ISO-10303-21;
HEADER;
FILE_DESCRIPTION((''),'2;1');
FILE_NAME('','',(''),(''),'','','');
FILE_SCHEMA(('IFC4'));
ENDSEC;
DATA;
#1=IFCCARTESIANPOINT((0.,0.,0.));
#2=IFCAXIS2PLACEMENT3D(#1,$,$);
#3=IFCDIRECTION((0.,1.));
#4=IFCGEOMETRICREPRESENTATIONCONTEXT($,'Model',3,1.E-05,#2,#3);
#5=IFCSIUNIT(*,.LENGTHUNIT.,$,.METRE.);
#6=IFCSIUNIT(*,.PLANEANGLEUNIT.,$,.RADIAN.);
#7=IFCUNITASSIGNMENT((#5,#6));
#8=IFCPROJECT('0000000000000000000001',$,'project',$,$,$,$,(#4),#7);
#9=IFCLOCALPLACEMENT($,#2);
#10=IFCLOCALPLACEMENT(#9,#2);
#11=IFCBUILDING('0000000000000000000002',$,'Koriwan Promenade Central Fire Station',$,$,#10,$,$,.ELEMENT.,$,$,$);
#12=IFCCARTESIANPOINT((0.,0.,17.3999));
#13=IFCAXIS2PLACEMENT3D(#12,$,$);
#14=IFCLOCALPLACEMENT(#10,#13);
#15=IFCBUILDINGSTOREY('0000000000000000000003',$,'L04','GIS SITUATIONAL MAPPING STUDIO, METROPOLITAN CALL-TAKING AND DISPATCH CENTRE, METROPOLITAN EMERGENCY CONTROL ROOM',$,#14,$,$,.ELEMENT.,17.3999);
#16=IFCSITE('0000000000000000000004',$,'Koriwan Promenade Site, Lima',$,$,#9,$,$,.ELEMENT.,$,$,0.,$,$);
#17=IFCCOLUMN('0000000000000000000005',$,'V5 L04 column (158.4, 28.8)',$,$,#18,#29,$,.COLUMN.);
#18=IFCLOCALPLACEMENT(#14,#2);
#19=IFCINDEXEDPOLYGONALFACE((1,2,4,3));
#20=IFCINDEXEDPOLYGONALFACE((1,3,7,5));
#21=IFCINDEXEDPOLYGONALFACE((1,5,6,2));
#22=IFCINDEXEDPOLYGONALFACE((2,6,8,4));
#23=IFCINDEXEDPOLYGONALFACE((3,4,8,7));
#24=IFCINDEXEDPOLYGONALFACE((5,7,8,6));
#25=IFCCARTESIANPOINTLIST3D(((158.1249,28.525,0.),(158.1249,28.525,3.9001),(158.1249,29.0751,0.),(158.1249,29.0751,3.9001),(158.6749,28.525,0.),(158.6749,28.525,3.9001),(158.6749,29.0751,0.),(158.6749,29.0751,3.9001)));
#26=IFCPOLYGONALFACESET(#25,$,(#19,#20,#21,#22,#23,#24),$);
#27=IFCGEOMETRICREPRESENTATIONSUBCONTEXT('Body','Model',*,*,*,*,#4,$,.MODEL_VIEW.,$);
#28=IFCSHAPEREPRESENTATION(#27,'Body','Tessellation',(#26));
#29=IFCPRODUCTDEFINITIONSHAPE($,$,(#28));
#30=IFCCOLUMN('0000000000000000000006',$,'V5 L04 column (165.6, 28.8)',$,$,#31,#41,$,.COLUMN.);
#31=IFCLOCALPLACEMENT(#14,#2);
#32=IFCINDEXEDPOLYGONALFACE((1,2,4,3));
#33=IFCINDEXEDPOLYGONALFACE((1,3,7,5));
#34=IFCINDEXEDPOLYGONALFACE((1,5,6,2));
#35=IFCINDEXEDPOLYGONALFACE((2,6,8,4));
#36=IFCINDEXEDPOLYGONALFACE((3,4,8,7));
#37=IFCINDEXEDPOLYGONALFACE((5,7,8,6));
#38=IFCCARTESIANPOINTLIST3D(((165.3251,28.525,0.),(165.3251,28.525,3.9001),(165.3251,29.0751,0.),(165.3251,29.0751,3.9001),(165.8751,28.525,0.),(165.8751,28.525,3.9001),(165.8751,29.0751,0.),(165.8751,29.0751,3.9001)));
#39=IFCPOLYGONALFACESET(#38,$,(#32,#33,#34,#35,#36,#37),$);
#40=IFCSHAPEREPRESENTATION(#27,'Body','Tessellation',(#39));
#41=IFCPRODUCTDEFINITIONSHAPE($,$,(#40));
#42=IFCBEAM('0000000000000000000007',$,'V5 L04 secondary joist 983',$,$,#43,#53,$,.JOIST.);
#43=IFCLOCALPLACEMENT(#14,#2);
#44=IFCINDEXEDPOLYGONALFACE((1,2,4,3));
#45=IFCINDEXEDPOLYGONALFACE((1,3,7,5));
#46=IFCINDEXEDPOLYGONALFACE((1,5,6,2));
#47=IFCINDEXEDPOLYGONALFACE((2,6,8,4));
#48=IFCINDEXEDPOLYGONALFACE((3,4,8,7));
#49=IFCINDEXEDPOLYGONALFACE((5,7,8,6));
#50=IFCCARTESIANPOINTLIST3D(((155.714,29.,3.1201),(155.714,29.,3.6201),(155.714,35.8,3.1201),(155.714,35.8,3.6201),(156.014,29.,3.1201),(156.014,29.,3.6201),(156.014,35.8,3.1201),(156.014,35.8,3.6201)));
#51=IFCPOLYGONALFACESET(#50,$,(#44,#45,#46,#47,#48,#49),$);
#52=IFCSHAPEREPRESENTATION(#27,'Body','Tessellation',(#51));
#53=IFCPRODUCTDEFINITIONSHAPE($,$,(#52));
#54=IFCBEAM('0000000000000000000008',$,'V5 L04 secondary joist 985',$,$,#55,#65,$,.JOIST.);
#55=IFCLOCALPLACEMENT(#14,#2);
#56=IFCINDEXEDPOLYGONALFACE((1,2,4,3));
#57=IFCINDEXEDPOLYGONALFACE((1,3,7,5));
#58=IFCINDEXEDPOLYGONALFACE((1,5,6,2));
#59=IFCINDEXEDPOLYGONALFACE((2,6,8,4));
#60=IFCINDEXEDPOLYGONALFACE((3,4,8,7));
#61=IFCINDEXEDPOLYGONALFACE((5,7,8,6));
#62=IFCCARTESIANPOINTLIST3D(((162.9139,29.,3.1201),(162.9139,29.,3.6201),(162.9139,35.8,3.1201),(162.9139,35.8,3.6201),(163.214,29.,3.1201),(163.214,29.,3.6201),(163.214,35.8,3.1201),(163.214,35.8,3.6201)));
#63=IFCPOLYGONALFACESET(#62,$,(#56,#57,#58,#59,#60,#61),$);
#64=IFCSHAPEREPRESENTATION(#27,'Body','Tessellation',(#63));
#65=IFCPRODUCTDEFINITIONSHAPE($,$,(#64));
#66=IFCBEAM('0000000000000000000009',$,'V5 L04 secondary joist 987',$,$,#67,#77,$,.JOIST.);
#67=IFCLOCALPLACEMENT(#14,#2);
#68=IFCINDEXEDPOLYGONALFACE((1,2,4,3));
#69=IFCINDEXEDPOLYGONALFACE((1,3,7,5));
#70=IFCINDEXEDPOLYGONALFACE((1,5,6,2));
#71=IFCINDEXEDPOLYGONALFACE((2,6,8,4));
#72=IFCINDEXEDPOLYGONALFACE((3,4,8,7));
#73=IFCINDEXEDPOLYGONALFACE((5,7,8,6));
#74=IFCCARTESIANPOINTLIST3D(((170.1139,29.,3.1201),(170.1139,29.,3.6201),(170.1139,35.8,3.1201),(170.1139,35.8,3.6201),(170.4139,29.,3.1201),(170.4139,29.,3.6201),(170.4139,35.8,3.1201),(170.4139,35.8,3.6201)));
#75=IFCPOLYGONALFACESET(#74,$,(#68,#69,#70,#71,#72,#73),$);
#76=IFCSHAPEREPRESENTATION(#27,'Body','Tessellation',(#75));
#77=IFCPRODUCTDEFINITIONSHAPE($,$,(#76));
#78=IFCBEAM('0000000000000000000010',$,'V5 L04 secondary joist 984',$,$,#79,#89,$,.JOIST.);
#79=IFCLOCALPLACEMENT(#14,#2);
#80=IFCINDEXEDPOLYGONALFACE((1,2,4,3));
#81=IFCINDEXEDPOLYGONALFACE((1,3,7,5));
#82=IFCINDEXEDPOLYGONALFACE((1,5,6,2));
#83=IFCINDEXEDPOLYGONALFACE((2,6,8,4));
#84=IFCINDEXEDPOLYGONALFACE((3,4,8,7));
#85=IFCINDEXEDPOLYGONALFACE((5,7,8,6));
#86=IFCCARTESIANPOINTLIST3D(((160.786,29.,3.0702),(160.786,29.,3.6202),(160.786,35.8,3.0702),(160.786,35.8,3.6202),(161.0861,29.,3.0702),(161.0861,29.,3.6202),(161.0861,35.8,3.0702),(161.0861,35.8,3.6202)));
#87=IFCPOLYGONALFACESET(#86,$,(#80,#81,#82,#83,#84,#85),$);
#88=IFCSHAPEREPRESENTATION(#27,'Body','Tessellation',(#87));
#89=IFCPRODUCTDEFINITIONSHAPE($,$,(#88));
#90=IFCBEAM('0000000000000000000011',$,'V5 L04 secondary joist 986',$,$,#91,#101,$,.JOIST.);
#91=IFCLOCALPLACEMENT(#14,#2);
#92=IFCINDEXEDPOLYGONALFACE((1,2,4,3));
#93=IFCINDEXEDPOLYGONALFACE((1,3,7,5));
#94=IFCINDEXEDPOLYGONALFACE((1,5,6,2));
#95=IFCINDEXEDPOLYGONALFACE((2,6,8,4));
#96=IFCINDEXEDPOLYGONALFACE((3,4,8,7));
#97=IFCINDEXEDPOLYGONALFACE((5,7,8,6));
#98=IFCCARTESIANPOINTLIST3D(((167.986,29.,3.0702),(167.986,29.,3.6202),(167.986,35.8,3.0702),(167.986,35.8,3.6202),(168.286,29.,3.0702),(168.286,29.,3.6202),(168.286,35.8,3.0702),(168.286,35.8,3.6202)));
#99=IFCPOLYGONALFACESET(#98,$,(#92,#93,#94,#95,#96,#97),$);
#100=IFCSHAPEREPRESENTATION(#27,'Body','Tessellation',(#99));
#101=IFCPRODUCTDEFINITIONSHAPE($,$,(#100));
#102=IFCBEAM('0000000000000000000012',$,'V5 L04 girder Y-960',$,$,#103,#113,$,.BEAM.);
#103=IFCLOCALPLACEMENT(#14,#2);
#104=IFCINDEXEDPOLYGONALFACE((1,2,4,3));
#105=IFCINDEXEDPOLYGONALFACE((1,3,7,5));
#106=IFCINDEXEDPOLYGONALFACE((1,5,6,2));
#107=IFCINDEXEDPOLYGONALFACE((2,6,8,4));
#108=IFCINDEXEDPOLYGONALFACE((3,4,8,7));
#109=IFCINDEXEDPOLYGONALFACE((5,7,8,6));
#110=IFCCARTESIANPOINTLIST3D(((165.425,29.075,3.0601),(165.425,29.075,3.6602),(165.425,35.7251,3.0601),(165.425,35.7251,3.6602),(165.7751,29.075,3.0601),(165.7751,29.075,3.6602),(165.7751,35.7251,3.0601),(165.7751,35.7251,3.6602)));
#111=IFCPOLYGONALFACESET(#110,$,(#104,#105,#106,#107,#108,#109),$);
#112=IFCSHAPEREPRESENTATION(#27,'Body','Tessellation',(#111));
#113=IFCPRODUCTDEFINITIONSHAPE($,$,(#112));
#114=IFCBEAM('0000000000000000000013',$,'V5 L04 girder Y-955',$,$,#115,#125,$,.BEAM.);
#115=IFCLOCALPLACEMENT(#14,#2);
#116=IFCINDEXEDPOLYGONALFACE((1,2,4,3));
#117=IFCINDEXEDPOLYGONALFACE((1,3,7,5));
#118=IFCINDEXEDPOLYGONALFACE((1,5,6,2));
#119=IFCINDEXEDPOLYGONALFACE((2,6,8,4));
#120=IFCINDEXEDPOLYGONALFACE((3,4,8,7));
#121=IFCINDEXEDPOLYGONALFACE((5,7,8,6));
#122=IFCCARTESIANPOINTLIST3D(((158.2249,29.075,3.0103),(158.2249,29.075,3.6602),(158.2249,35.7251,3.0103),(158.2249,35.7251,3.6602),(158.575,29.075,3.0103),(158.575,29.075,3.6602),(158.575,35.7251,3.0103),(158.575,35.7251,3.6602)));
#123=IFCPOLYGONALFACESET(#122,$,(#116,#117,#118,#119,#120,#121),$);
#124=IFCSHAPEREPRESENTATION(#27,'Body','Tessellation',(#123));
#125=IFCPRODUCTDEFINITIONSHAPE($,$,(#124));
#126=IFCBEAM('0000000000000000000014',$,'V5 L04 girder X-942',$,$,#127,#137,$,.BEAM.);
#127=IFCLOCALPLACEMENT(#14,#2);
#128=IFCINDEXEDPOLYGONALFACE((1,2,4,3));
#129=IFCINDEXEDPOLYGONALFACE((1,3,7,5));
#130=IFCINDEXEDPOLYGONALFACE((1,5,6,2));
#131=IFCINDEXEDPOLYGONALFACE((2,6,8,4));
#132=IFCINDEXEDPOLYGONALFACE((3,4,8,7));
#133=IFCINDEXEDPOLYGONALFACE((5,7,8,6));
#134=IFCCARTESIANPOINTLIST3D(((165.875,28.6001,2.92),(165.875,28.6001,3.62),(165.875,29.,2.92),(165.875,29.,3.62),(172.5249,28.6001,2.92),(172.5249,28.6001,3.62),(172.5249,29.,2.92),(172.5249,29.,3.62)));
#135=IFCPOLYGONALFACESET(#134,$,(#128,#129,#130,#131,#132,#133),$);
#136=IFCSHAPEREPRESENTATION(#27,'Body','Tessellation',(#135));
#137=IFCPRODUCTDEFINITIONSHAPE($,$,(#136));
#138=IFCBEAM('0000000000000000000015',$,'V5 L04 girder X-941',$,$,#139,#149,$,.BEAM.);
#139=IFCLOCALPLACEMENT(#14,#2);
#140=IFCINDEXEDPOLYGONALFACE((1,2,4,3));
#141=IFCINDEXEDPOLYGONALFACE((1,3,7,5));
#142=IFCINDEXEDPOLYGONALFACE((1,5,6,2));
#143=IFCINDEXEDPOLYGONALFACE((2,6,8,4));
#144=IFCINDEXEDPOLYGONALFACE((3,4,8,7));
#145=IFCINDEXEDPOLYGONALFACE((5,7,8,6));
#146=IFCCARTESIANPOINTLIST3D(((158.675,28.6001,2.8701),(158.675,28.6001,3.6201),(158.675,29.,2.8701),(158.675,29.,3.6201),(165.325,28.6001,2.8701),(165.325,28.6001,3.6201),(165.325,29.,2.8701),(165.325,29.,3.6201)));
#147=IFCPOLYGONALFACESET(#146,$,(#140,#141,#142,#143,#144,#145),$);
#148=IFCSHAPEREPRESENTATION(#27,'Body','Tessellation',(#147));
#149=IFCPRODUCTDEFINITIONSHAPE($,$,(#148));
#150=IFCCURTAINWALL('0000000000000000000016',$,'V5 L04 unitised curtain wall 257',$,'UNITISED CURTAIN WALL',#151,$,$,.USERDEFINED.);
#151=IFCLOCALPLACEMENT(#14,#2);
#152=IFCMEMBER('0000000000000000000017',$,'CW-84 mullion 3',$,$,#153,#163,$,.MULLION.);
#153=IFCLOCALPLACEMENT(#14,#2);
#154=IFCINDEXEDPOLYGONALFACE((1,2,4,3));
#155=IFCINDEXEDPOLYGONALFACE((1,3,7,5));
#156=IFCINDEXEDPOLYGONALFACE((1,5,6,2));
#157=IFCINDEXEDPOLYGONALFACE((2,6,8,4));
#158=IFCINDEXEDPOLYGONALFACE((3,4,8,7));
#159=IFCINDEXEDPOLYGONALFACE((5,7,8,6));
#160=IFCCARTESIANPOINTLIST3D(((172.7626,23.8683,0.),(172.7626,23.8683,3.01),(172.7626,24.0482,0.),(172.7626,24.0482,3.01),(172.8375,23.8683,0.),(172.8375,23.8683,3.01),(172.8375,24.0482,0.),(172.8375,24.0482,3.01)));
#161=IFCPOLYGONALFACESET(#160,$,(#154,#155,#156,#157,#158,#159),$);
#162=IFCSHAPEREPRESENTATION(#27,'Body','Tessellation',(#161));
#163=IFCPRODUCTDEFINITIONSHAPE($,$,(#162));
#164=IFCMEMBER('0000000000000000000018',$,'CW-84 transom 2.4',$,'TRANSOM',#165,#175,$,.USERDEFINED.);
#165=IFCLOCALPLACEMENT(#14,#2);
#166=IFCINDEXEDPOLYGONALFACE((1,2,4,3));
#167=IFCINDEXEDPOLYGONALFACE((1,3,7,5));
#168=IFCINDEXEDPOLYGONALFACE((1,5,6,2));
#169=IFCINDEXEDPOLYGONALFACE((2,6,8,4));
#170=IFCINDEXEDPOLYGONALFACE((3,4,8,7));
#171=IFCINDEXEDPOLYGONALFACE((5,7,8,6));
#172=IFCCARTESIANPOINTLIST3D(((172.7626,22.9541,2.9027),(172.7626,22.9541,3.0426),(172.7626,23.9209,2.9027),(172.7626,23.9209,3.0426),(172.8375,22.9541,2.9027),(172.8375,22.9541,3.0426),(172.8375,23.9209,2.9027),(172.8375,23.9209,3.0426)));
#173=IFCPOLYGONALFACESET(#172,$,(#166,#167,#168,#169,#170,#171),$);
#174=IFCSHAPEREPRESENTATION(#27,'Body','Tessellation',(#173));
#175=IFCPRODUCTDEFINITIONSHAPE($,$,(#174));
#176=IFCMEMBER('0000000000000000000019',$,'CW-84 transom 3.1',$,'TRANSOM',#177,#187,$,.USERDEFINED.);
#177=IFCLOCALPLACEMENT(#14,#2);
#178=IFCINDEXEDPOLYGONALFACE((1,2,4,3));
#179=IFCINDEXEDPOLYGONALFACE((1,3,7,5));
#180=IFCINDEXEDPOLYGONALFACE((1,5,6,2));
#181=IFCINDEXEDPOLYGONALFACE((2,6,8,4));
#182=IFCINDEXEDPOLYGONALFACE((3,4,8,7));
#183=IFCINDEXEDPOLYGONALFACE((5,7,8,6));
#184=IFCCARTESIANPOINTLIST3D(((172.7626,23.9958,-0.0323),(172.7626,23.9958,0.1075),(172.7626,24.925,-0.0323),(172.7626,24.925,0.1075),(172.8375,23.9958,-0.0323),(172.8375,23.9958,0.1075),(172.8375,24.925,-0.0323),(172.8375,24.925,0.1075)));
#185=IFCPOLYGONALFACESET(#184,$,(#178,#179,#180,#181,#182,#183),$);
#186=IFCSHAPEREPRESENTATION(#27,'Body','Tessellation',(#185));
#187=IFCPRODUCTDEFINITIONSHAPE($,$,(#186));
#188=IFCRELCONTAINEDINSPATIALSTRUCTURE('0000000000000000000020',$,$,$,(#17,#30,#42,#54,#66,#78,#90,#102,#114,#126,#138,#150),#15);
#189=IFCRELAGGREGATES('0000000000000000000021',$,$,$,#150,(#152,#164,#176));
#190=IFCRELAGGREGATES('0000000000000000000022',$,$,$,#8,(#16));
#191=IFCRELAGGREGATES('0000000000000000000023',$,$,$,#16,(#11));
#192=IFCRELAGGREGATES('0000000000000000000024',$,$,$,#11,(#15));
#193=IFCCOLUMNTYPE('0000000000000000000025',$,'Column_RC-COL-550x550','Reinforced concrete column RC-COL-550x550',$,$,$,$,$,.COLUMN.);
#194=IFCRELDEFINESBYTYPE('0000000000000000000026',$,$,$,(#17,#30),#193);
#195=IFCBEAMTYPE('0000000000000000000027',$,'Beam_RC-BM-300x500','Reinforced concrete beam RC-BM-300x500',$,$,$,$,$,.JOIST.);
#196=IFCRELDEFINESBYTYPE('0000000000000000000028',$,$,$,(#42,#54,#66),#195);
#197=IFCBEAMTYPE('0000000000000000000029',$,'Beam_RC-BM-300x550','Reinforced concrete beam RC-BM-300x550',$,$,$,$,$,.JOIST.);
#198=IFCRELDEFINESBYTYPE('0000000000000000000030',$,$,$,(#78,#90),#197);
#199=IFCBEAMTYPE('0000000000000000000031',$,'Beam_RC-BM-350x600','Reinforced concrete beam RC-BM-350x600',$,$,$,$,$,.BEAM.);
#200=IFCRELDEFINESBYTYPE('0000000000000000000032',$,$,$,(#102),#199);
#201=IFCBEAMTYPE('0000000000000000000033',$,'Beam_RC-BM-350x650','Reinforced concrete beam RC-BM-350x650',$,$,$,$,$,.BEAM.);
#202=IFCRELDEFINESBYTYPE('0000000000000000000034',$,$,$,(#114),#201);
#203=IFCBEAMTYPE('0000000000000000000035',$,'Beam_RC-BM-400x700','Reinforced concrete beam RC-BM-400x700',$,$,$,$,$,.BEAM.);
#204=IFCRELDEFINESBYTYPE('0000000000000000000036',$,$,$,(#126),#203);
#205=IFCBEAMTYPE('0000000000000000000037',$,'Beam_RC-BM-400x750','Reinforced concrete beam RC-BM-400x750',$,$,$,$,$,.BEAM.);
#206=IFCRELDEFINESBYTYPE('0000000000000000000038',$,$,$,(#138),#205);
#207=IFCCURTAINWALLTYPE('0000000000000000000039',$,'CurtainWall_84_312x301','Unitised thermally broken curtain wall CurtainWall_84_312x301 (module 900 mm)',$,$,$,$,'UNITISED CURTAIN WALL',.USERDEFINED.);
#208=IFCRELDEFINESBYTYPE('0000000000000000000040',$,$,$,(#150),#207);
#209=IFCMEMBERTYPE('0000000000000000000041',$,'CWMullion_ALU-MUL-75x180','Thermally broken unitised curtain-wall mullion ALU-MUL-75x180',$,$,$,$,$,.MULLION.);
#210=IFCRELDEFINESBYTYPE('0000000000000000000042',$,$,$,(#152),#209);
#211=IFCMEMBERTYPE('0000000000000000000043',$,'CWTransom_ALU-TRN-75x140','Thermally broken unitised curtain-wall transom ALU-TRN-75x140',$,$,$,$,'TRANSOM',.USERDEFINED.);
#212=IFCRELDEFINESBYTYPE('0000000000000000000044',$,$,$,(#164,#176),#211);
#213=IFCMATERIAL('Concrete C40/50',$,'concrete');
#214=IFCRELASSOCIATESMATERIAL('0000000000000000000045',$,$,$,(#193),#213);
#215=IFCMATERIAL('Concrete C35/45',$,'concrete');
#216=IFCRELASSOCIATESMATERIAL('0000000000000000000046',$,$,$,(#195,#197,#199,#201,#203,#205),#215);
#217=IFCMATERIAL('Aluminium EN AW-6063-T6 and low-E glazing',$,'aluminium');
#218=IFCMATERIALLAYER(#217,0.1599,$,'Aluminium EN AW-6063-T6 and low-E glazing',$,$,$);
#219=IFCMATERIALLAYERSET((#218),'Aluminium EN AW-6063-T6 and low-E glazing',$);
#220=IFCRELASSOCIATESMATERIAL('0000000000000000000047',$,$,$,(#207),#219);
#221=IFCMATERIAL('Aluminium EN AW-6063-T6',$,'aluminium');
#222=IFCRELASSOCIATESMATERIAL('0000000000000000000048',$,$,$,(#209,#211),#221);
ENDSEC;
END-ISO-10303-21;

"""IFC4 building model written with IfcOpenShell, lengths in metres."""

from ifc_helpers import new_model, si_unit, direction, frame, origin, origin_2d, place, context, subcontext, project, spatial, rectangle, extrude, material, layer, layer_set, material_profile, profile_set, type_object, element, aggregate, save


model = new_model("IFC4")

# Units and contexts
model_context = context("Model", 3, precision=1e-05, world=origin(), true_north=direction((0.0, 1.0)))
body_context = subcontext(model_context, "Body", "Model", "MODEL_VIEW")
ifc_project = project(units=[si_unit("LENGTHUNIT", "METRE"), si_unit("PLANEANGLEUNIT", "RADIAN")], contexts=[model_context])

# Site, building, storey
site_placement = place(None, origin())
site = spatial("IfcSite", under=ifc_project, at=site_placement, Name="Koriwan Promenade Site, Lima", CompositionType="ELEMENT", RefElevation=0.0)
building_placement = place(site_placement, origin())
building = spatial("IfcBuilding", under=site, at=building_placement, Name="Koriwan Promenade Central Fire Station", CompositionType="ELEMENT")
storey_placement = place(building_placement, frame((0.0, 0.0, 17.3999)))
storey = spatial("IfcBuildingStorey", under=building, at=storey_placement, Name="L04", Description="GIS SITUATIONAL MAPPING STUDIO, METROPOLITAN CALL-TAKING AND DISPATCH CENTRE, METROPOLITAN EMERGENCY CONTROL ROOM", CompositionType="ELEMENT", Elevation=17.3999)

# Columns
ifc_material_1 = material(Name="Concrete C40/50", Category="concrete")
ifc_material_profile_1 = material_profile(ifc_material_1, rectangle(XDim=0.55, YDim=0.55, at=origin_2d()), Name="RC-COL-550x550")
ifc_profile_set_1 = profile_set([ifc_material_profile_1], Name="Concrete C40/50")
column_type = type_object("IfcColumnType", Name="Column_RC-COL-550x550", Description="Reinforced concrete column RC-COL-550x550", PredefinedType="COLUMN", material=ifc_profile_set_1)
for number, where, z_axis, x_axis, name in (
    (1, (158.3999, 28.8, 0.0), (0.0, 0.0, 1.0), (1.0, 0.0, 0.0), "V5 L04 column (158.4, 28.8)"),
    (2, (165.6001, 28.8, 0.0), (0.0, 0.0, 1.0), (1.0, 0.0, 0.0), "V5 L04 column (165.6, 28.8)"),
):
    element("IfcColumn", number, at=place(storey_placement, frame(where, z_axis=z_axis, x_axis=x_axis)), inside=storey, type_object=column_type, Name=name, PredefinedType="COLUMN", context=body_context, shape_type="SweptSolid", body=[
        extrude(rectangle(XDim=0.55, YDim=0.55, at=origin_2d()), origin(), (0.0, 0.0, 1.0), 3.9001),
    ])

# Beams
ifc_material_2 = material(Name="Concrete C35/45", Category="concrete")
ifc_material_profile_2 = material_profile(ifc_material_2, rectangle(XDim=0.3, YDim=0.5, at=origin_2d()), Name="RC-BM-300x500")
ifc_profile_set_2 = profile_set([ifc_material_profile_2], Name="Concrete C35/45")
beam_type_1 = type_object("IfcBeamType", Name="Beam_RC-BM-300x500", Description="Reinforced concrete beam RC-BM-300x500", PredefinedType="JOIST", material=ifc_profile_set_2)
for number, where, z_axis, x_axis, name in (
    (3, (155.864, 29.0, 3.3701), (0.0, 1.0, 0.0), (-1.0, 0.0, 0.0), "V5 L04 secondary joist 983"),
    (4, (163.064, 29.0, 3.3701), (0.0, 1.0, 0.0), (-1.0, 0.0, 0.0), "V5 L04 secondary joist 985"),
    (5, (170.2639, 29.0, 3.3701), (0.0, 1.0, 0.0), (-1.0, 0.0, 0.0), "V5 L04 secondary joist 987"),
):
    element("IfcBeam", number, at=place(storey_placement, frame(where, z_axis=z_axis, x_axis=x_axis)), inside=storey, type_object=beam_type_1, Name=name, PredefinedType="JOIST", context=body_context, shape_type="SweptSolid", body=[
        extrude(rectangle(XDim=0.3, YDim=0.5, at=origin_2d()), origin(), (0.0, 0.0, 1.0), 6.8),
    ])
ifc_material_profile_3 = material_profile(ifc_material_2, rectangle(XDim=0.3, YDim=0.55, at=origin_2d()), Name="RC-BM-300x550")
ifc_profile_set_3 = profile_set([ifc_material_profile_3], Name="Concrete C35/45")
beam_type_2 = type_object("IfcBeamType", Name="Beam_RC-BM-300x550", Description="Reinforced concrete beam RC-BM-300x550", PredefinedType="JOIST", material=ifc_profile_set_3)
for number, where, z_axis, x_axis, name in (
    (6, (160.936, 29.0, 3.3452), (0.0, 1.0, 0.0), (-1.0, 0.0, 0.0), "V5 L04 secondary joist 984"),
    (7, (168.136, 29.0, 3.3452), (0.0, 1.0, 0.0), (-1.0, 0.0, 0.0), "V5 L04 secondary joist 986"),
):
    element("IfcBeam", number, at=place(storey_placement, frame(where, z_axis=z_axis, x_axis=x_axis)), inside=storey, type_object=beam_type_2, Name=name, PredefinedType="JOIST", context=body_context, shape_type="SweptSolid", body=[
        extrude(rectangle(XDim=0.3, YDim=0.55, at=origin_2d()), origin(), (0.0, 0.0, 1.0), 6.8),
    ])
ifc_material_profile_4 = material_profile(ifc_material_2, rectangle(XDim=0.3501, YDim=0.6001, at=origin_2d()), Name="RC-BM-350x600")
ifc_profile_set_4 = profile_set([ifc_material_profile_4], Name="Concrete C35/45")
beam_type_3 = type_object("IfcBeamType", Name="Beam_RC-BM-350x600", Description="Reinforced concrete beam RC-BM-350x600", PredefinedType="BEAM", material=ifc_profile_set_4)
beam_1_placement = place(storey_placement, frame((165.6001, 29.075, 3.3601), z_axis=(0.0, 1.0, 0.0), x_axis=(-1.0, 0.0, 0.0)))
element("IfcBeam", 8, at=beam_1_placement, inside=storey, type_object=beam_type_3, Name="V5 L04 girder Y-960", PredefinedType="BEAM", context=body_context, shape_type="SweptSolid", body=[
    extrude(rectangle(XDim=0.3501, YDim=0.6001, at=origin_2d()), origin(), (0.0, 0.0, 1.0), 6.6501),
])
ifc_material_profile_5 = material_profile(ifc_material_2, rectangle(XDim=0.3501, YDim=0.6499, at=origin_2d()), Name="RC-BM-350x650")
ifc_profile_set_5 = profile_set([ifc_material_profile_5], Name="Concrete C35/45")
beam_type_4 = type_object("IfcBeamType", Name="Beam_RC-BM-350x650", Description="Reinforced concrete beam RC-BM-350x650", PredefinedType="BEAM", material=ifc_profile_set_5)
beam_2_placement = place(storey_placement, frame((158.3999, 29.075, 3.3352), z_axis=(0.0, 1.0, 0.0), x_axis=(-1.0, 0.0, 0.0)))
element("IfcBeam", 9, at=beam_2_placement, inside=storey, type_object=beam_type_4, Name="V5 L04 girder Y-955", PredefinedType="BEAM", context=body_context, shape_type="SweptSolid", body=[
    extrude(rectangle(XDim=0.3501, YDim=0.6499, at=origin_2d()), origin(), (0.0, 0.0, 1.0), 6.6501),
])
ifc_material_profile_6 = material_profile(ifc_material_2, rectangle(XDim=0.3999, YDim=0.7, at=origin_2d()), Name="RC-BM-400x700")
ifc_profile_set_6 = profile_set([ifc_material_profile_6], Name="Concrete C35/45")
beam_type_5 = type_object("IfcBeamType", Name="Beam_RC-BM-400x700", Description="Reinforced concrete beam RC-BM-400x700", PredefinedType="BEAM", material=ifc_profile_set_6)
beam_3_placement = place(storey_placement, frame((165.875, 28.8, 3.27), z_axis=(1.0, 0.0, 0.0), x_axis=(0.0, 1.0, 0.0)))
element("IfcBeam", 10, at=beam_3_placement, inside=storey, type_object=beam_type_5, Name="V5 L04 girder X-942", PredefinedType="BEAM", context=body_context, shape_type="SweptSolid", body=[
    extrude(rectangle(XDim=0.3999, YDim=0.7, at=origin_2d()), origin(), (0.0, 0.0, 1.0), 6.6499),
])
ifc_material_profile_7 = material_profile(ifc_material_2, rectangle(XDim=0.3999, YDim=0.75, at=origin_2d()), Name="RC-BM-400x750")
ifc_profile_set_7 = profile_set([ifc_material_profile_7], Name="Concrete C35/45")
beam_type_6 = type_object("IfcBeamType", Name="Beam_RC-BM-400x750", Description="Reinforced concrete beam RC-BM-400x750", PredefinedType="BEAM", material=ifc_profile_set_7)
beam_4_placement = place(storey_placement, frame((158.675, 28.8, 3.2451), z_axis=(1.0, 0.0, 0.0), x_axis=(0.0, 1.0, 0.0)))
element("IfcBeam", 11, at=beam_4_placement, inside=storey, type_object=beam_type_6, Name="V5 L04 girder X-941", PredefinedType="BEAM", context=body_context, shape_type="SweptSolid", body=[
    extrude(rectangle(XDim=0.3999, YDim=0.75, at=origin_2d()), origin(), (0.0, 0.0, 1.0), 6.6499),
])

# Curtain wall, members
ifc_material_3 = material(Name="Aluminium EN AW-6063-T6 and low-E glazing", Category="aluminium")
ifc_layer_1 = layer(ifc_material_3, 0.1599, Name="Aluminium EN AW-6063-T6 and low-E glazing")
ifc_layer_set_1 = layer_set([ifc_layer_1], Name="Aluminium EN AW-6063-T6 and low-E glazing")
curtain_wall_type = type_object("IfcCurtainWallType", Name="CurtainWall_84_312x301", Description="Unitised thermally broken curtain wall CurtainWall_84_312x301 (module 900 mm)", ElementType="UNITISED CURTAIN WALL", PredefinedType="USERDEFINED", material=ifc_layer_set_1)
curtain_wall_placement = place(storey_placement, origin())
curtain_wall = element("IfcCurtainWall", 12, at=curtain_wall_placement, inside=storey, type_object=curtain_wall_type, Name="V5 L04 unitised curtain wall 257", ObjectType="UNITISED CURTAIN WALL", PredefinedType="USERDEFINED")
ifc_material_4 = material(Name="Aluminium EN AW-6063-T6", Category="aluminium")
ifc_material_profile_8 = material_profile(ifc_material_4, rectangle(XDim=0.075, YDim=0.1799, at=origin_2d()), Name="ALU-MUL-75x180")
ifc_profile_set_8 = profile_set([ifc_material_profile_8], Name="Aluminium EN AW-6063-T6")
member_type_1 = type_object("IfcMemberType", Name="CWMullion_ALU-MUL-75x180", Description="Thermally broken unitised curtain-wall mullion ALU-MUL-75x180", PredefinedType="MULLION", material=ifc_profile_set_8)
member_1_placement = place(storey_placement, frame((172.8, 23.9583, 0.0), z_axis=(0.0, 0.0, 1.0), x_axis=(-1.0, 0.0, 0.0)))
member_1 = element("IfcMember", 13, at=member_1_placement, type_object=member_type_1, Name="CW-84 mullion 3", PredefinedType="MULLION", context=body_context, shape_type="SweptSolid", body=[
    extrude(rectangle(XDim=0.075, YDim=0.1799, at=origin_2d()), origin(), (0.0, 0.0, 1.0), 3.01),
])
ifc_material_profile_9 = material_profile(ifc_material_4, rectangle(XDim=0.075, YDim=0.1399, at=origin_2d()), Name="ALU-TRN-75x140")
ifc_profile_set_9 = profile_set([ifc_material_profile_9], Name="Aluminium EN AW-6063-T6")
member_type_2 = type_object("IfcMemberType", Name="CWTransom_ALU-TRN-75x140", Description="Thermally broken unitised curtain-wall transom ALU-TRN-75x140", ElementType="TRANSOM", PredefinedType="USERDEFINED", material=ifc_profile_set_9)
member_2_placement = place(storey_placement, frame((172.8, 22.9541, 2.9727), z_axis=(0.0, 1.0, 0.0), x_axis=(-1.0, 0.0, 0.0)))
member_2 = element("IfcMember", 14, at=member_2_placement, type_object=member_type_2, Name="CW-84 transom 2.4", ObjectType="TRANSOM", PredefinedType="USERDEFINED", context=body_context, shape_type="SweptSolid", body=[
    extrude(rectangle(XDim=0.075, YDim=0.1399, at=origin_2d()), origin(), (0.0, 0.0, 1.0), 0.9668),
])
member_3_placement = place(storey_placement, frame((172.8, 23.9958, 0.0376), z_axis=(0.0, 1.0, 0.0), x_axis=(-1.0, 0.0, 0.0)))
member_3 = element("IfcMember", 15, at=member_3_placement, type_object=member_type_2, Name="CW-84 transom 3.1", ObjectType="TRANSOM", PredefinedType="USERDEFINED", context=body_context, shape_type="SweptSolid", body=[
    extrude(rectangle(XDim=0.075, YDim=0.1399, at=origin_2d()), origin(), (0.0, 0.0, 1.0), 0.9292),
])
aggregate(curtain_wall, [member_1, member_2, member_3])

save(model, "model.ifc")
